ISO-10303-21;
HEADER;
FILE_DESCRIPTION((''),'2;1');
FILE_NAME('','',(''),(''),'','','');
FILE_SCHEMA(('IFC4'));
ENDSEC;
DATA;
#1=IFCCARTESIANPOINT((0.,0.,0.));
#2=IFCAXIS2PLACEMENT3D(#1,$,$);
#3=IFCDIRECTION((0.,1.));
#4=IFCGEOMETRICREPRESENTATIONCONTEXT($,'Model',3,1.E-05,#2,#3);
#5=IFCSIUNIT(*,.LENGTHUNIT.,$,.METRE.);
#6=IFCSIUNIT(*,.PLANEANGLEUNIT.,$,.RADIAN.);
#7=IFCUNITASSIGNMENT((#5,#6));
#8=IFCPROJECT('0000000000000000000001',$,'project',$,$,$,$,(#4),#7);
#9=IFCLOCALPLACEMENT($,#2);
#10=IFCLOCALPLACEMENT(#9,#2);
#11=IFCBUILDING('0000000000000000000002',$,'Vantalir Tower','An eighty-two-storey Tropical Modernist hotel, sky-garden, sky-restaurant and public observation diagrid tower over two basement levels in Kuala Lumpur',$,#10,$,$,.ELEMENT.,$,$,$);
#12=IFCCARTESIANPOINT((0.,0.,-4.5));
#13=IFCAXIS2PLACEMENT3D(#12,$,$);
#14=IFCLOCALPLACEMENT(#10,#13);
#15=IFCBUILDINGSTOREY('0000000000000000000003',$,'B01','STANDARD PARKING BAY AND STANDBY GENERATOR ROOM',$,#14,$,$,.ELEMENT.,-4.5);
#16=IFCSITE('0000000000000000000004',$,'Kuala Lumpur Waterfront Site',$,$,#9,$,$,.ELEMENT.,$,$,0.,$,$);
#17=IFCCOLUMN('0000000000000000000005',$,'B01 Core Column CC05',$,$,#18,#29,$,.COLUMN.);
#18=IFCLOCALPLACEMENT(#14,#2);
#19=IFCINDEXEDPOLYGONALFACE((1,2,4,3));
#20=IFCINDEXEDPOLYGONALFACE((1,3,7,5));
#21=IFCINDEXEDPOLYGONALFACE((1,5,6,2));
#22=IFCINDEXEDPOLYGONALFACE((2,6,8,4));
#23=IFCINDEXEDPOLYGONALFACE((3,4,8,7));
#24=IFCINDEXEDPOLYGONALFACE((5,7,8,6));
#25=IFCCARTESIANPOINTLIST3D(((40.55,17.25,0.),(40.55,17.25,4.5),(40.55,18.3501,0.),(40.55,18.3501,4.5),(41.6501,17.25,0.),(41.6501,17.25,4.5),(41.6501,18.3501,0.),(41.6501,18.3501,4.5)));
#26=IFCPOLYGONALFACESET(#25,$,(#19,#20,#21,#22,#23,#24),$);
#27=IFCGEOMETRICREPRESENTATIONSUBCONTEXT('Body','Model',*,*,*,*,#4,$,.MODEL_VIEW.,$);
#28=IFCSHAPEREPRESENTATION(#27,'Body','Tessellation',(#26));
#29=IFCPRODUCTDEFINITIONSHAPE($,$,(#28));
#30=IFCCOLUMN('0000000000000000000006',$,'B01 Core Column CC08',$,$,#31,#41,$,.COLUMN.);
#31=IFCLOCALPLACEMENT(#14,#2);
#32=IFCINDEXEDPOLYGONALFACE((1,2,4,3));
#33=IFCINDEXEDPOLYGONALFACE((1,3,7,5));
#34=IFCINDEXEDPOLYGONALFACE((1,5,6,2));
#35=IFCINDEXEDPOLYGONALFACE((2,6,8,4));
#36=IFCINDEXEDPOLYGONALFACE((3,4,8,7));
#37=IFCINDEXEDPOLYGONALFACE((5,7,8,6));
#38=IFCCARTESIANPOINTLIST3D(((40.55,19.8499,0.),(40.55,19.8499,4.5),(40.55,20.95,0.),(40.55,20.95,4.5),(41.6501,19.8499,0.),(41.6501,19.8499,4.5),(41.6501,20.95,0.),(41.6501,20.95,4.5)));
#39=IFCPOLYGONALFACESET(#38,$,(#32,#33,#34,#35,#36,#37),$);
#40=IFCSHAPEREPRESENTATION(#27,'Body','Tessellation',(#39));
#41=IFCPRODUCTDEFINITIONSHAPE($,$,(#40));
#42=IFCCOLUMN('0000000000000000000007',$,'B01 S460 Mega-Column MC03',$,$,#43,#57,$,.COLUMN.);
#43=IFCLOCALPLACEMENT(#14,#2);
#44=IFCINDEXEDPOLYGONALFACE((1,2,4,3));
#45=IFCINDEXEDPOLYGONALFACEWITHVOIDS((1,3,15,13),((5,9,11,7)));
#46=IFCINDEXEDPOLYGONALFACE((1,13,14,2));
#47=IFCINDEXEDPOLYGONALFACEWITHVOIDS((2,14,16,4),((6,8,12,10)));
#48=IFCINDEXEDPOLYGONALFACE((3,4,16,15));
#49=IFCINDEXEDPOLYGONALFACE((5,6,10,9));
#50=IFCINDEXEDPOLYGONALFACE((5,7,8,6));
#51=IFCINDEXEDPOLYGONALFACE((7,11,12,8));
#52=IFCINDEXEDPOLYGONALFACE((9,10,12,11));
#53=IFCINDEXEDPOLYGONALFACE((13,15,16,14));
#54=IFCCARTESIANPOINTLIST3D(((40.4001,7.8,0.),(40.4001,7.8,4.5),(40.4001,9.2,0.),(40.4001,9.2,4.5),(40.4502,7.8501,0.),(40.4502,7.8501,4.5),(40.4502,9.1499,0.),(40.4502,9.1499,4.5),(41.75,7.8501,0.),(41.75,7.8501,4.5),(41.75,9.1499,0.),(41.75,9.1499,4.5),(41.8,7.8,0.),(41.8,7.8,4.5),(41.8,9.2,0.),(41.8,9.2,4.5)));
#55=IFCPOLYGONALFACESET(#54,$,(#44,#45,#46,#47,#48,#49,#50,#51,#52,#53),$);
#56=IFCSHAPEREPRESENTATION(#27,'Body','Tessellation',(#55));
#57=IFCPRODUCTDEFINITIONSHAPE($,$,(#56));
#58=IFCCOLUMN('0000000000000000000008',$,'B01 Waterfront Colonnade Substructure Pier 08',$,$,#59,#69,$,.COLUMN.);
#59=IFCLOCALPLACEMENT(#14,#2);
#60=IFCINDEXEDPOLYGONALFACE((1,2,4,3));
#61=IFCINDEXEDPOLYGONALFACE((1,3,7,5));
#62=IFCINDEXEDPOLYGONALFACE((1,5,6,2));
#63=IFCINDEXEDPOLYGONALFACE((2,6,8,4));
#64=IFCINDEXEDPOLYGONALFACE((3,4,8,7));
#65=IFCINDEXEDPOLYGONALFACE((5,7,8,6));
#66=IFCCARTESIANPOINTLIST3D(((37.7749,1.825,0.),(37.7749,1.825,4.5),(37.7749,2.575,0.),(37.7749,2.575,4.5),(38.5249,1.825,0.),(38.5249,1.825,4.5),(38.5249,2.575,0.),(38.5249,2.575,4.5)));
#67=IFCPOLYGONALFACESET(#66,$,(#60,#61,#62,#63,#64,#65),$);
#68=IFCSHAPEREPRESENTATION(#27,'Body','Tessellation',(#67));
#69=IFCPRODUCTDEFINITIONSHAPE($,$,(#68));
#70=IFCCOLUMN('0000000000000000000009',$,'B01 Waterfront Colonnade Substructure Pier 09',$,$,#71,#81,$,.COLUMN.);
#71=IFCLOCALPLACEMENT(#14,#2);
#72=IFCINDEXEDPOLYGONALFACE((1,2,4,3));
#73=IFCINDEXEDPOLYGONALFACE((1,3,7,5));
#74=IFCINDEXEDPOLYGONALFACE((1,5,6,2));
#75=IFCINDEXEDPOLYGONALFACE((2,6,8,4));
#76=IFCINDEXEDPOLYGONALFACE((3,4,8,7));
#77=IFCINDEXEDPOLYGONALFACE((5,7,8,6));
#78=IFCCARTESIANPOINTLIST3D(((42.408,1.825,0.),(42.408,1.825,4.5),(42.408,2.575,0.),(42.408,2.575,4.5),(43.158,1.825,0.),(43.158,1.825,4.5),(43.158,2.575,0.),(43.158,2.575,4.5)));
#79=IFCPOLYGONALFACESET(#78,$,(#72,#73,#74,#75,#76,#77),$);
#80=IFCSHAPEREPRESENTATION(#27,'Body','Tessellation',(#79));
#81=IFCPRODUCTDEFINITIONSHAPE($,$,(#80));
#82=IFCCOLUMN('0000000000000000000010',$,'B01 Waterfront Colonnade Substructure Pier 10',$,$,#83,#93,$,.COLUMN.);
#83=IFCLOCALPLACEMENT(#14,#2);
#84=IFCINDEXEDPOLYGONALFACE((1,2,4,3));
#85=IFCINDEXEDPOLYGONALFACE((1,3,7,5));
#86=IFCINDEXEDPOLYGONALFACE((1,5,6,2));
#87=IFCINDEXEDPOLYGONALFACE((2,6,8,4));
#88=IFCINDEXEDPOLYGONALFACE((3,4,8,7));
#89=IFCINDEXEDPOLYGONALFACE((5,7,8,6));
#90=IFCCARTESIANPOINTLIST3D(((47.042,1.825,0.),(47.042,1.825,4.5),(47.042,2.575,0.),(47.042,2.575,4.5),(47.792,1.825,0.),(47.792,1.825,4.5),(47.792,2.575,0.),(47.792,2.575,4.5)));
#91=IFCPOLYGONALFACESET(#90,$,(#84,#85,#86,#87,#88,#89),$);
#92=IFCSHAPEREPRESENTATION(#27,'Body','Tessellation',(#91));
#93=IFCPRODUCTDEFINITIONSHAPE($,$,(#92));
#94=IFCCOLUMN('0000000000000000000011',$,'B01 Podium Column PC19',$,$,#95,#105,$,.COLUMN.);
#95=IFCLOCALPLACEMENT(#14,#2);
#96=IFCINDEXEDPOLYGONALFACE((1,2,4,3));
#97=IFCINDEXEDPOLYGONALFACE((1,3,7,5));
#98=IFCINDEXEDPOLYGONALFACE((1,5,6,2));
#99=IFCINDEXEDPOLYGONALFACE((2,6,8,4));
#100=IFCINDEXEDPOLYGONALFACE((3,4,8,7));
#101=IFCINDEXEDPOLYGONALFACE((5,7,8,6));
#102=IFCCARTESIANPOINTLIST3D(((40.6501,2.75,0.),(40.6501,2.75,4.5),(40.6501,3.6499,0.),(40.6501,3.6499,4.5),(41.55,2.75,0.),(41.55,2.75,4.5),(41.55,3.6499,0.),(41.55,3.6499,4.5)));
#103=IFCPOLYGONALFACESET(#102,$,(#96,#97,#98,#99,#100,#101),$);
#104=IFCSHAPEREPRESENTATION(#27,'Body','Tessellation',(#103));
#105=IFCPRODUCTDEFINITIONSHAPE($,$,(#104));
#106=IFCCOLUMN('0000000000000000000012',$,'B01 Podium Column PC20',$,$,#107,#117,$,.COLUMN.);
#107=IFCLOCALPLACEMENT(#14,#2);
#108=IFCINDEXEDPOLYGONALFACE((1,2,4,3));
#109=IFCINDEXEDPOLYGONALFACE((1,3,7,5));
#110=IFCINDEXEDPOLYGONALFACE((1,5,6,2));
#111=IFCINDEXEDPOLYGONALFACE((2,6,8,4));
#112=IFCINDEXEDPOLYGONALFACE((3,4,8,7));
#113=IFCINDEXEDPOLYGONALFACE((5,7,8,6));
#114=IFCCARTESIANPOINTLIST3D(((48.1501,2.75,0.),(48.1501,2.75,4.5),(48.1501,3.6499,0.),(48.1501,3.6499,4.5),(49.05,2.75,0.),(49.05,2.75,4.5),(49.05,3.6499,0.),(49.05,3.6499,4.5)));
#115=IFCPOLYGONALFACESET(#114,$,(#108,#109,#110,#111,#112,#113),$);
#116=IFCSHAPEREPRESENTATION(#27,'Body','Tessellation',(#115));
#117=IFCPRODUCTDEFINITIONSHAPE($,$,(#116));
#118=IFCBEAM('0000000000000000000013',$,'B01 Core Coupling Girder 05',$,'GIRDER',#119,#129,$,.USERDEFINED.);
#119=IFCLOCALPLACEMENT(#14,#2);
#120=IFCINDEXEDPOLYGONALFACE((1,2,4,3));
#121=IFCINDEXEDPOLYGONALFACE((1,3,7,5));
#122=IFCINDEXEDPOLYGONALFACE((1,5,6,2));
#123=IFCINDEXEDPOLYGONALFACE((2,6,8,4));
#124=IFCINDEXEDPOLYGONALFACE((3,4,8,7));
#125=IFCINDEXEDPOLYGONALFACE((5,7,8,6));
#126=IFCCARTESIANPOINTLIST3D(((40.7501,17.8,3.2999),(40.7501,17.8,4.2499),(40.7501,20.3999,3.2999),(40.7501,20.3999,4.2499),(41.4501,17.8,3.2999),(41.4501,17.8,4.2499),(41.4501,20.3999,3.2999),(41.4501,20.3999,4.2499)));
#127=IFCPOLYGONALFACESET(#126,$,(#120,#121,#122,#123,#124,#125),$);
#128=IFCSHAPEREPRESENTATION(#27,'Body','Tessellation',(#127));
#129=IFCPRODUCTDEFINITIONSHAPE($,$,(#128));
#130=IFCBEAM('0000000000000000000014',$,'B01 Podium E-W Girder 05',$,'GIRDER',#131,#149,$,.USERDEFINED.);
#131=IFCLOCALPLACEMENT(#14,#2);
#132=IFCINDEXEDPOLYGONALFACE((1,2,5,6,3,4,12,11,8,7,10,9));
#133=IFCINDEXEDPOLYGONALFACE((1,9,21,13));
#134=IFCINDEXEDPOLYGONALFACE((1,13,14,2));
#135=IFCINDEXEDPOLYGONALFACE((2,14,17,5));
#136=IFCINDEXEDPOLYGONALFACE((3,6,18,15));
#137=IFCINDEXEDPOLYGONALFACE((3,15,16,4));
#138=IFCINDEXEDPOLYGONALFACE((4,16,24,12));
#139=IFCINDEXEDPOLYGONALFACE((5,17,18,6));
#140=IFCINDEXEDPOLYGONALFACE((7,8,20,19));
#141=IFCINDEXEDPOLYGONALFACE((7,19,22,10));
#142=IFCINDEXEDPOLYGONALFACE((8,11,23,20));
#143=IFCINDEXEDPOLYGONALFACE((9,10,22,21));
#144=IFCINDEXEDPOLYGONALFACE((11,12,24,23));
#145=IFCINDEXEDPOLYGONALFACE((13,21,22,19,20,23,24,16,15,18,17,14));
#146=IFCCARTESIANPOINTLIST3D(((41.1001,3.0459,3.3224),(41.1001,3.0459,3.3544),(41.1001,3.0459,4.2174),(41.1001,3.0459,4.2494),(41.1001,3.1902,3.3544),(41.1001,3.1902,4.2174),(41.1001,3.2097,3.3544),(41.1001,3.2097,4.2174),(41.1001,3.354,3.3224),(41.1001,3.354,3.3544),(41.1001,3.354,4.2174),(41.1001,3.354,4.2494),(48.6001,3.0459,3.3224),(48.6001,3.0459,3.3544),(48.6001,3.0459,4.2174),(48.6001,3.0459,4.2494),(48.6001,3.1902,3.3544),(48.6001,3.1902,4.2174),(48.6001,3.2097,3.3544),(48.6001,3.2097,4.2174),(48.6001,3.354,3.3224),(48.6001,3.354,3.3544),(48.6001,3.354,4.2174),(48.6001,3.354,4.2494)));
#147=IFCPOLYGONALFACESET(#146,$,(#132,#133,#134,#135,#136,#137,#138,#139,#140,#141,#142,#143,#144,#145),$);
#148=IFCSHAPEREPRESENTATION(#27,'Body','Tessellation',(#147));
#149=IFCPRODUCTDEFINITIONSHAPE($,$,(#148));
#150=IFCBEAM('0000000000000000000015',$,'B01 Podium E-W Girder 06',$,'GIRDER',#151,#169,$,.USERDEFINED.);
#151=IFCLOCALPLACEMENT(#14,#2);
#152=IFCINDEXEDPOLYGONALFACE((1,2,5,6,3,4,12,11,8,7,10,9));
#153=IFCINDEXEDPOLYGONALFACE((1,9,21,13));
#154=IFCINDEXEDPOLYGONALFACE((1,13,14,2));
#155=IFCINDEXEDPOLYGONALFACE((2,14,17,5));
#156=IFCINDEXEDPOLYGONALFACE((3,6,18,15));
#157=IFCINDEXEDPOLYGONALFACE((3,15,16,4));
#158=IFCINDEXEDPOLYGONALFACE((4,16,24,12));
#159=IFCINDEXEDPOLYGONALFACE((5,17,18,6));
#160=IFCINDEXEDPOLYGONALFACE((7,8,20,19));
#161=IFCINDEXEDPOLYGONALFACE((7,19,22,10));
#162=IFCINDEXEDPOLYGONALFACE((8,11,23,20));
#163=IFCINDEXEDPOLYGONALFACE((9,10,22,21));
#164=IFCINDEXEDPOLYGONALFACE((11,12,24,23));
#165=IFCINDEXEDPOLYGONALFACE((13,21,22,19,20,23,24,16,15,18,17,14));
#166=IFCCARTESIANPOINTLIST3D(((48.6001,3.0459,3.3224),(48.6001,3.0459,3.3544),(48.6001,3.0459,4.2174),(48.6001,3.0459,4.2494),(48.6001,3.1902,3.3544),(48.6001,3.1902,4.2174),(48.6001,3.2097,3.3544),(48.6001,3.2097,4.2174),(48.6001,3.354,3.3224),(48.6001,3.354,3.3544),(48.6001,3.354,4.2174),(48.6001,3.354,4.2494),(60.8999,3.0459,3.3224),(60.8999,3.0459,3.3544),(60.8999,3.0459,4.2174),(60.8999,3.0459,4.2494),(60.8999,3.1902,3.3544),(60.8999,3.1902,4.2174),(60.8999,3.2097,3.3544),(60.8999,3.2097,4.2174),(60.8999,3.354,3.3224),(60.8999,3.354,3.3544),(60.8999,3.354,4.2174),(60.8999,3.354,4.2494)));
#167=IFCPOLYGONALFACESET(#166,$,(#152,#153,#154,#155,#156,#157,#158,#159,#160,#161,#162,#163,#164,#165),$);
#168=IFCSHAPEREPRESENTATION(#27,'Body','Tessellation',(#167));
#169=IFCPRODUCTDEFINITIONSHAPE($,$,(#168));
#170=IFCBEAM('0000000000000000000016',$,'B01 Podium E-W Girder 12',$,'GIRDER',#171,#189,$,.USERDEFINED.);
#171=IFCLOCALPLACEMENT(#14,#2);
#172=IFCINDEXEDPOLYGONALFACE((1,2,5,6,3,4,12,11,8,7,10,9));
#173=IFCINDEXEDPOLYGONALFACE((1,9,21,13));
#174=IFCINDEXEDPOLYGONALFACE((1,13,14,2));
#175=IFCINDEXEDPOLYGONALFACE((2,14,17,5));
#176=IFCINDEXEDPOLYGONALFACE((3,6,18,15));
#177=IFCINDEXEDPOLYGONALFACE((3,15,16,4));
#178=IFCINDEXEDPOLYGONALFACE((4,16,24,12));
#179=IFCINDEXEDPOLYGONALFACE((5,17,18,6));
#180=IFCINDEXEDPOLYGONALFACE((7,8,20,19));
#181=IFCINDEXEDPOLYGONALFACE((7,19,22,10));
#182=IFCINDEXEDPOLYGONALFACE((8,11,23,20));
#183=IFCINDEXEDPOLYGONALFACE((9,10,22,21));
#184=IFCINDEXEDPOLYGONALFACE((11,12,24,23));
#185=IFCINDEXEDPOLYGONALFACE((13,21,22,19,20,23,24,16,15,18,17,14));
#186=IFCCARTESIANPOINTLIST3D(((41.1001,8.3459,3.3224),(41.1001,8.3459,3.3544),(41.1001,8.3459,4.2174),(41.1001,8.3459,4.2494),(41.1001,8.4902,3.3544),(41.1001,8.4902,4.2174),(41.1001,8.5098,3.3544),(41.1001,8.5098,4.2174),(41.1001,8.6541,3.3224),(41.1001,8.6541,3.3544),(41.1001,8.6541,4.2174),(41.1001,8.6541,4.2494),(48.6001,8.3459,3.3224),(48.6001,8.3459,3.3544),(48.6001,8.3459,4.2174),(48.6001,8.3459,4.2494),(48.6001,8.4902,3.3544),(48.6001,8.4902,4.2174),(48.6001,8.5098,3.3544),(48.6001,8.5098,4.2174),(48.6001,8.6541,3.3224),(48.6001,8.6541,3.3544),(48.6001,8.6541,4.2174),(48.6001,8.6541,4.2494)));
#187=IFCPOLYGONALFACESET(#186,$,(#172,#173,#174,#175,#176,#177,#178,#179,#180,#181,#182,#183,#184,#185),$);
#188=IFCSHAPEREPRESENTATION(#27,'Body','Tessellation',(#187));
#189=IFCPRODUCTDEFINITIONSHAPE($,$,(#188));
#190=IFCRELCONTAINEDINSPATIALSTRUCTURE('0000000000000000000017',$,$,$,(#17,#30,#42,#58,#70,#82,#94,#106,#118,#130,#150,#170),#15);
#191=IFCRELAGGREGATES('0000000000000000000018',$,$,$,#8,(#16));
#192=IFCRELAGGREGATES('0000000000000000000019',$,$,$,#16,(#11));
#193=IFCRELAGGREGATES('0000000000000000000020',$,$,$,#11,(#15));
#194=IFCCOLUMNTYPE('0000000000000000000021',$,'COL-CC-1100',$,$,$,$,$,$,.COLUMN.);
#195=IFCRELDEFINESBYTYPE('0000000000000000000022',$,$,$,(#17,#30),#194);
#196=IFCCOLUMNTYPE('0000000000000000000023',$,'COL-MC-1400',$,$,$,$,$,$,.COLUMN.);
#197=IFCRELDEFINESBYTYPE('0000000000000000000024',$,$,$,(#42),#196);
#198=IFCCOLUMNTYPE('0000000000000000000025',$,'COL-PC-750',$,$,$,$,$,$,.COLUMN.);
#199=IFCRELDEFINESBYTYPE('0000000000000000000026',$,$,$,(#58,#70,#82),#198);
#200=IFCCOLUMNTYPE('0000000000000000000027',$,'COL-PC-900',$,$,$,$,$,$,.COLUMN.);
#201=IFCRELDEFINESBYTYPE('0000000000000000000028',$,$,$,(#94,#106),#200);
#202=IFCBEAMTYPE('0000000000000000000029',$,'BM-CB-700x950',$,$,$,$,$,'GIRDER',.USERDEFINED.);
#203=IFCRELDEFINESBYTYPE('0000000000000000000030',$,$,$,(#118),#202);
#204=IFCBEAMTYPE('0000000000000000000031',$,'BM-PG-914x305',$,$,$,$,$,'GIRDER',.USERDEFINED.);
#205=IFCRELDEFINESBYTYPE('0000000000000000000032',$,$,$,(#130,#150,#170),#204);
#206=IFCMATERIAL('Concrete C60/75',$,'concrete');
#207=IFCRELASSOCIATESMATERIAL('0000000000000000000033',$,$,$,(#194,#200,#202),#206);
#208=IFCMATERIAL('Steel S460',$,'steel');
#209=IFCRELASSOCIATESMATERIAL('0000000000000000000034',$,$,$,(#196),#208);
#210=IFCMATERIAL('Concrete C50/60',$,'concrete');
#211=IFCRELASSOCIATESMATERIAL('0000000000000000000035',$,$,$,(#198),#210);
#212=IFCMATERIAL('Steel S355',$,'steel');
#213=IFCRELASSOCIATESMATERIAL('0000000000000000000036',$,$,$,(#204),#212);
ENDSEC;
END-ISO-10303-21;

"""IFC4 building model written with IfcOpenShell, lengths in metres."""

from ifc_helpers import new_model, si_unit, direction, frame, origin, origin_2d, place, context, subcontext, project, spatial, rectangle, hollow_rectangle, i_section, extrude, material, material_profile, profile_set, type_object, element, save


model = new_model("IFC4")

# Units and contexts
model_context = context("Model", 3, precision=1e-05, world=origin(), true_north=direction((0.0, 1.0)))
body_context = subcontext(model_context, "Body", "Model", "MODEL_VIEW")
ifc_project = project(units=[si_unit("LENGTHUNIT", "METRE"), si_unit("PLANEANGLEUNIT", "RADIAN")], contexts=[model_context])

# Site, building, storey
site_placement = place(None, origin())
site = spatial("IfcSite", under=ifc_project, at=site_placement, Name="Kuala Lumpur Waterfront Site", CompositionType="ELEMENT", RefElevation=0.0)
building_placement = place(site_placement, origin())
building = spatial("IfcBuilding", under=site, at=building_placement, Name="Vantalir Tower", Description="An eighty-two-storey Tropical Modernist hotel, sky-garden, sky-restaurant and public observation diagrid tower over two basement levels in Kuala Lumpur", CompositionType="ELEMENT")
storey_placement = place(building_placement, frame((0.0, 0.0, -4.5)))
storey = spatial("IfcBuildingStorey", under=building, at=storey_placement, Name="B01", Description="STANDARD PARKING BAY AND STANDBY GENERATOR ROOM", CompositionType="ELEMENT", Elevation=-4.5)

# Columns
ifc_material_1 = material(Name="Concrete C60/75", Category="concrete")
ifc_material_profile_1 = material_profile(ifc_material_1, rectangle(XDim=1.1001, YDim=1.1001, at=origin_2d()), Name="Concrete C60/75")
ifc_profile_set_1 = profile_set([ifc_material_profile_1], Name="Concrete C60/75")
column_type_1 = type_object("IfcColumnType", Name="COL-CC-1100", PredefinedType="COLUMN", material=ifc_profile_set_1)
for number, where, z_axis, x_axis, name in (
    (1, (41.1001, 17.8, 0.0), (0.0, 0.0, 1.0), (1.0, 0.0, 0.0), "B01 Core Column CC05"),
    (2, (41.1001, 20.3999, 0.0), (0.0, 0.0, 1.0), (1.0, 0.0, 0.0), "B01 Core Column CC08"),
):
    element("IfcColumn", number, at=place(storey_placement, frame(where, z_axis=z_axis, x_axis=x_axis)), inside=storey, type_object=column_type_1, Name=name, PredefinedType="COLUMN", context=body_context, shape_type="SweptSolid", body=[
        extrude(rectangle(XDim=1.1001, YDim=1.1001, at=origin_2d()), origin(), (0.0, 0.0, 1.0), 4.5),
    ])
ifc_material_2 = material(Name="Steel S460", Category="steel")
ifc_material_profile_2 = material_profile(ifc_material_2, hollow_rectangle(XDim=1.3999, YDim=1.3999, WallThickness=0.05, at=origin_2d()), Name="Steel S460")
ifc_profile_set_2 = profile_set([ifc_material_profile_2], Name="Steel S460")
column_type_2 = type_object("IfcColumnType", Name="COL-MC-1400", PredefinedType="COLUMN", material=ifc_profile_set_2)
column_placement = place(storey_placement, frame((41.1001, 8.5, 0.0), z_axis=(0.0, 0.0, 1.0), x_axis=(1.0, 0.0, 0.0)))
element("IfcColumn", 3, at=column_placement, inside=storey, type_object=column_type_2, Name="B01 S460 Mega-Column MC03", PredefinedType="COLUMN", context=body_context, shape_type="SweptSolid", body=[
    extrude(hollow_rectangle(XDim=1.3999, YDim=1.3999, WallThickness=0.05, at=origin_2d()), origin(), (0.0, 0.0, 1.0), 4.5),
])
ifc_material_3 = material(Name="Concrete C50/60", Category="concrete")
ifc_material_profile_3 = material_profile(ifc_material_3, rectangle(XDim=0.75, YDim=0.75, at=origin_2d()), Name="Concrete C50/60")
ifc_profile_set_3 = profile_set([ifc_material_profile_3], Name="Concrete C50/60")
column_type_3 = type_object("IfcColumnType", Name="COL-PC-750", PredefinedType="COLUMN", material=ifc_profile_set_3)
for number, where, z_axis, x_axis, name in (
    (4, (38.1499, 2.2, 0.0), (0.0, 0.0, 1.0), (1.0, 0.0, 0.0), "B01 Waterfront Colonnade Substructure Pier 08"),
    (5, (42.783, 2.2, 0.0), (0.0, 0.0, 1.0), (1.0, 0.0, 0.0), "B01 Waterfront Colonnade Substructure Pier 09"),
    (6, (47.417, 2.2, 0.0), (0.0, 0.0, 1.0), (1.0, 0.0, 0.0), "B01 Waterfront Colonnade Substructure Pier 10"),
):
    element("IfcColumn", number, at=place(storey_placement, frame(where, z_axis=z_axis, x_axis=x_axis)), inside=storey, type_object=column_type_3, Name=name, PredefinedType="COLUMN", context=body_context, shape_type="SweptSolid", body=[
        extrude(rectangle(XDim=0.75, YDim=0.75, at=origin_2d()), origin(), (0.0, 0.0, 1.0), 4.5),
    ])
ifc_material_profile_4 = material_profile(ifc_material_1, rectangle(XDim=0.8999, YDim=0.8999, at=origin_2d()), Name="Concrete C60/75")
ifc_profile_set_4 = profile_set([ifc_material_profile_4], Name="Concrete C60/75")
column_type_4 = type_object("IfcColumnType", Name="COL-PC-900", PredefinedType="COLUMN", material=ifc_profile_set_4)
for number, where, z_axis, x_axis, name in (
    (7, (41.1001, 3.2, 0.0), (0.0, 0.0, 1.0), (1.0, 0.0, 0.0), "B01 Podium Column PC19"),
    (8, (48.6001, 3.2, 0.0), (0.0, 0.0, 1.0), (1.0, 0.0, 0.0), "B01 Podium Column PC20"),
):
    element("IfcColumn", number, at=place(storey_placement, frame(where, z_axis=z_axis, x_axis=x_axis)), inside=storey, type_object=column_type_4, Name=name, PredefinedType="COLUMN", context=body_context, shape_type="SweptSolid", body=[
        extrude(rectangle(XDim=0.8999, YDim=0.8999, at=origin_2d()), origin(), (0.0, 0.0, 1.0), 4.5),
    ])

# Beams
ifc_material_profile_5 = material_profile(ifc_material_1, rectangle(XDim=0.7, YDim=0.95, at=origin_2d()), Name="Concrete C60/75")
ifc_profile_set_5 = profile_set([ifc_material_profile_5], Name="Concrete C60/75")
beam_type_1 = type_object("IfcBeamType", Name="BM-CB-700x950", ElementType="GIRDER", PredefinedType="USERDEFINED", material=ifc_profile_set_5)
beam_1_placement = place(storey_placement, frame((41.1001, 17.8, 3.7749), z_axis=(0.0, 1.0, 0.0), x_axis=(-1.0, 0.0, 0.0)))
element("IfcBeam", 9, at=beam_1_placement, inside=storey, type_object=beam_type_1, Name="B01 Core Coupling Girder 05", ObjectType="GIRDER", PredefinedType="USERDEFINED", context=body_context, shape_type="SweptSolid", body=[
    extrude(rectangle(XDim=0.7, YDim=0.95, at=origin_2d()), origin(), (0.0, 0.0, 1.0), 2.5999),
])
ifc_material_4 = material(Name="Steel S355", Category="steel")
ifc_material_profile_6 = material_profile(ifc_material_4, i_section(OverallWidth=0.3081, OverallDepth=0.927, WebThickness=0.0195, FlangeThickness=0.032, at=origin_2d()), Name="Steel S355")
ifc_profile_set_6 = profile_set([ifc_material_profile_6], Name="Steel S355")
beam_type_2 = type_object("IfcBeamType", Name="BM-PG-914x305", ElementType="GIRDER", PredefinedType="USERDEFINED", material=ifc_profile_set_6)
beam_2_placement = place(storey_placement, frame((41.1001, 3.2, 3.7859), z_axis=(1.0, 0.0, 0.0), x_axis=(0.0, 1.0, 0.0)))
element("IfcBeam", 10, at=beam_2_placement, inside=storey, type_object=beam_type_2, Name="B01 Podium E-W Girder 05", ObjectType="GIRDER", PredefinedType="USERDEFINED", context=body_context, shape_type="SweptSolid", body=[
    extrude(i_section(OverallWidth=0.3081, OverallDepth=0.927, WebThickness=0.0195, FlangeThickness=0.032, at=origin_2d()), origin(), (0.0, 0.0, 1.0), 7.5),
])
beam_3_placement = place(storey_placement, frame((48.6001, 3.2, 3.7859), z_axis=(1.0, 0.0, 0.0), x_axis=(0.0, 1.0, 0.0)))
element("IfcBeam", 11, at=beam_3_placement, inside=storey, type_object=beam_type_2, Name="B01 Podium E-W Girder 06", ObjectType="GIRDER", PredefinedType="USERDEFINED", context=body_context, shape_type="SweptSolid", body=[
    extrude(i_section(OverallWidth=0.3081, OverallDepth=0.927, WebThickness=0.0195, FlangeThickness=0.032, at=origin_2d()), origin(), (0.0, 0.0, 1.0), 12.2998),
])
for number, where, z_axis, x_axis, name in (
    (12, (41.1001, 8.5, 3.7859), (1.0, 0.0, 0.0), (0.0, 1.0, 0.0), "B01 Podium E-W Girder 12"),
):
    element("IfcBeam", number, at=place(storey_placement, frame(where, z_axis=z_axis, x_axis=x_axis)), inside=storey, type_object=beam_type_2, Name=name, ObjectType="GIRDER", PredefinedType="USERDEFINED", context=body_context, shape_type="SweptSolid", body=[
        extrude(i_section(OverallWidth=0.3081, OverallDepth=0.927, WebThickness=0.0195, FlangeThickness=0.032, at=origin_2d()), origin(), (0.0, 0.0, 1.0), 7.5),
    ])

save(model, "model.ifc")
